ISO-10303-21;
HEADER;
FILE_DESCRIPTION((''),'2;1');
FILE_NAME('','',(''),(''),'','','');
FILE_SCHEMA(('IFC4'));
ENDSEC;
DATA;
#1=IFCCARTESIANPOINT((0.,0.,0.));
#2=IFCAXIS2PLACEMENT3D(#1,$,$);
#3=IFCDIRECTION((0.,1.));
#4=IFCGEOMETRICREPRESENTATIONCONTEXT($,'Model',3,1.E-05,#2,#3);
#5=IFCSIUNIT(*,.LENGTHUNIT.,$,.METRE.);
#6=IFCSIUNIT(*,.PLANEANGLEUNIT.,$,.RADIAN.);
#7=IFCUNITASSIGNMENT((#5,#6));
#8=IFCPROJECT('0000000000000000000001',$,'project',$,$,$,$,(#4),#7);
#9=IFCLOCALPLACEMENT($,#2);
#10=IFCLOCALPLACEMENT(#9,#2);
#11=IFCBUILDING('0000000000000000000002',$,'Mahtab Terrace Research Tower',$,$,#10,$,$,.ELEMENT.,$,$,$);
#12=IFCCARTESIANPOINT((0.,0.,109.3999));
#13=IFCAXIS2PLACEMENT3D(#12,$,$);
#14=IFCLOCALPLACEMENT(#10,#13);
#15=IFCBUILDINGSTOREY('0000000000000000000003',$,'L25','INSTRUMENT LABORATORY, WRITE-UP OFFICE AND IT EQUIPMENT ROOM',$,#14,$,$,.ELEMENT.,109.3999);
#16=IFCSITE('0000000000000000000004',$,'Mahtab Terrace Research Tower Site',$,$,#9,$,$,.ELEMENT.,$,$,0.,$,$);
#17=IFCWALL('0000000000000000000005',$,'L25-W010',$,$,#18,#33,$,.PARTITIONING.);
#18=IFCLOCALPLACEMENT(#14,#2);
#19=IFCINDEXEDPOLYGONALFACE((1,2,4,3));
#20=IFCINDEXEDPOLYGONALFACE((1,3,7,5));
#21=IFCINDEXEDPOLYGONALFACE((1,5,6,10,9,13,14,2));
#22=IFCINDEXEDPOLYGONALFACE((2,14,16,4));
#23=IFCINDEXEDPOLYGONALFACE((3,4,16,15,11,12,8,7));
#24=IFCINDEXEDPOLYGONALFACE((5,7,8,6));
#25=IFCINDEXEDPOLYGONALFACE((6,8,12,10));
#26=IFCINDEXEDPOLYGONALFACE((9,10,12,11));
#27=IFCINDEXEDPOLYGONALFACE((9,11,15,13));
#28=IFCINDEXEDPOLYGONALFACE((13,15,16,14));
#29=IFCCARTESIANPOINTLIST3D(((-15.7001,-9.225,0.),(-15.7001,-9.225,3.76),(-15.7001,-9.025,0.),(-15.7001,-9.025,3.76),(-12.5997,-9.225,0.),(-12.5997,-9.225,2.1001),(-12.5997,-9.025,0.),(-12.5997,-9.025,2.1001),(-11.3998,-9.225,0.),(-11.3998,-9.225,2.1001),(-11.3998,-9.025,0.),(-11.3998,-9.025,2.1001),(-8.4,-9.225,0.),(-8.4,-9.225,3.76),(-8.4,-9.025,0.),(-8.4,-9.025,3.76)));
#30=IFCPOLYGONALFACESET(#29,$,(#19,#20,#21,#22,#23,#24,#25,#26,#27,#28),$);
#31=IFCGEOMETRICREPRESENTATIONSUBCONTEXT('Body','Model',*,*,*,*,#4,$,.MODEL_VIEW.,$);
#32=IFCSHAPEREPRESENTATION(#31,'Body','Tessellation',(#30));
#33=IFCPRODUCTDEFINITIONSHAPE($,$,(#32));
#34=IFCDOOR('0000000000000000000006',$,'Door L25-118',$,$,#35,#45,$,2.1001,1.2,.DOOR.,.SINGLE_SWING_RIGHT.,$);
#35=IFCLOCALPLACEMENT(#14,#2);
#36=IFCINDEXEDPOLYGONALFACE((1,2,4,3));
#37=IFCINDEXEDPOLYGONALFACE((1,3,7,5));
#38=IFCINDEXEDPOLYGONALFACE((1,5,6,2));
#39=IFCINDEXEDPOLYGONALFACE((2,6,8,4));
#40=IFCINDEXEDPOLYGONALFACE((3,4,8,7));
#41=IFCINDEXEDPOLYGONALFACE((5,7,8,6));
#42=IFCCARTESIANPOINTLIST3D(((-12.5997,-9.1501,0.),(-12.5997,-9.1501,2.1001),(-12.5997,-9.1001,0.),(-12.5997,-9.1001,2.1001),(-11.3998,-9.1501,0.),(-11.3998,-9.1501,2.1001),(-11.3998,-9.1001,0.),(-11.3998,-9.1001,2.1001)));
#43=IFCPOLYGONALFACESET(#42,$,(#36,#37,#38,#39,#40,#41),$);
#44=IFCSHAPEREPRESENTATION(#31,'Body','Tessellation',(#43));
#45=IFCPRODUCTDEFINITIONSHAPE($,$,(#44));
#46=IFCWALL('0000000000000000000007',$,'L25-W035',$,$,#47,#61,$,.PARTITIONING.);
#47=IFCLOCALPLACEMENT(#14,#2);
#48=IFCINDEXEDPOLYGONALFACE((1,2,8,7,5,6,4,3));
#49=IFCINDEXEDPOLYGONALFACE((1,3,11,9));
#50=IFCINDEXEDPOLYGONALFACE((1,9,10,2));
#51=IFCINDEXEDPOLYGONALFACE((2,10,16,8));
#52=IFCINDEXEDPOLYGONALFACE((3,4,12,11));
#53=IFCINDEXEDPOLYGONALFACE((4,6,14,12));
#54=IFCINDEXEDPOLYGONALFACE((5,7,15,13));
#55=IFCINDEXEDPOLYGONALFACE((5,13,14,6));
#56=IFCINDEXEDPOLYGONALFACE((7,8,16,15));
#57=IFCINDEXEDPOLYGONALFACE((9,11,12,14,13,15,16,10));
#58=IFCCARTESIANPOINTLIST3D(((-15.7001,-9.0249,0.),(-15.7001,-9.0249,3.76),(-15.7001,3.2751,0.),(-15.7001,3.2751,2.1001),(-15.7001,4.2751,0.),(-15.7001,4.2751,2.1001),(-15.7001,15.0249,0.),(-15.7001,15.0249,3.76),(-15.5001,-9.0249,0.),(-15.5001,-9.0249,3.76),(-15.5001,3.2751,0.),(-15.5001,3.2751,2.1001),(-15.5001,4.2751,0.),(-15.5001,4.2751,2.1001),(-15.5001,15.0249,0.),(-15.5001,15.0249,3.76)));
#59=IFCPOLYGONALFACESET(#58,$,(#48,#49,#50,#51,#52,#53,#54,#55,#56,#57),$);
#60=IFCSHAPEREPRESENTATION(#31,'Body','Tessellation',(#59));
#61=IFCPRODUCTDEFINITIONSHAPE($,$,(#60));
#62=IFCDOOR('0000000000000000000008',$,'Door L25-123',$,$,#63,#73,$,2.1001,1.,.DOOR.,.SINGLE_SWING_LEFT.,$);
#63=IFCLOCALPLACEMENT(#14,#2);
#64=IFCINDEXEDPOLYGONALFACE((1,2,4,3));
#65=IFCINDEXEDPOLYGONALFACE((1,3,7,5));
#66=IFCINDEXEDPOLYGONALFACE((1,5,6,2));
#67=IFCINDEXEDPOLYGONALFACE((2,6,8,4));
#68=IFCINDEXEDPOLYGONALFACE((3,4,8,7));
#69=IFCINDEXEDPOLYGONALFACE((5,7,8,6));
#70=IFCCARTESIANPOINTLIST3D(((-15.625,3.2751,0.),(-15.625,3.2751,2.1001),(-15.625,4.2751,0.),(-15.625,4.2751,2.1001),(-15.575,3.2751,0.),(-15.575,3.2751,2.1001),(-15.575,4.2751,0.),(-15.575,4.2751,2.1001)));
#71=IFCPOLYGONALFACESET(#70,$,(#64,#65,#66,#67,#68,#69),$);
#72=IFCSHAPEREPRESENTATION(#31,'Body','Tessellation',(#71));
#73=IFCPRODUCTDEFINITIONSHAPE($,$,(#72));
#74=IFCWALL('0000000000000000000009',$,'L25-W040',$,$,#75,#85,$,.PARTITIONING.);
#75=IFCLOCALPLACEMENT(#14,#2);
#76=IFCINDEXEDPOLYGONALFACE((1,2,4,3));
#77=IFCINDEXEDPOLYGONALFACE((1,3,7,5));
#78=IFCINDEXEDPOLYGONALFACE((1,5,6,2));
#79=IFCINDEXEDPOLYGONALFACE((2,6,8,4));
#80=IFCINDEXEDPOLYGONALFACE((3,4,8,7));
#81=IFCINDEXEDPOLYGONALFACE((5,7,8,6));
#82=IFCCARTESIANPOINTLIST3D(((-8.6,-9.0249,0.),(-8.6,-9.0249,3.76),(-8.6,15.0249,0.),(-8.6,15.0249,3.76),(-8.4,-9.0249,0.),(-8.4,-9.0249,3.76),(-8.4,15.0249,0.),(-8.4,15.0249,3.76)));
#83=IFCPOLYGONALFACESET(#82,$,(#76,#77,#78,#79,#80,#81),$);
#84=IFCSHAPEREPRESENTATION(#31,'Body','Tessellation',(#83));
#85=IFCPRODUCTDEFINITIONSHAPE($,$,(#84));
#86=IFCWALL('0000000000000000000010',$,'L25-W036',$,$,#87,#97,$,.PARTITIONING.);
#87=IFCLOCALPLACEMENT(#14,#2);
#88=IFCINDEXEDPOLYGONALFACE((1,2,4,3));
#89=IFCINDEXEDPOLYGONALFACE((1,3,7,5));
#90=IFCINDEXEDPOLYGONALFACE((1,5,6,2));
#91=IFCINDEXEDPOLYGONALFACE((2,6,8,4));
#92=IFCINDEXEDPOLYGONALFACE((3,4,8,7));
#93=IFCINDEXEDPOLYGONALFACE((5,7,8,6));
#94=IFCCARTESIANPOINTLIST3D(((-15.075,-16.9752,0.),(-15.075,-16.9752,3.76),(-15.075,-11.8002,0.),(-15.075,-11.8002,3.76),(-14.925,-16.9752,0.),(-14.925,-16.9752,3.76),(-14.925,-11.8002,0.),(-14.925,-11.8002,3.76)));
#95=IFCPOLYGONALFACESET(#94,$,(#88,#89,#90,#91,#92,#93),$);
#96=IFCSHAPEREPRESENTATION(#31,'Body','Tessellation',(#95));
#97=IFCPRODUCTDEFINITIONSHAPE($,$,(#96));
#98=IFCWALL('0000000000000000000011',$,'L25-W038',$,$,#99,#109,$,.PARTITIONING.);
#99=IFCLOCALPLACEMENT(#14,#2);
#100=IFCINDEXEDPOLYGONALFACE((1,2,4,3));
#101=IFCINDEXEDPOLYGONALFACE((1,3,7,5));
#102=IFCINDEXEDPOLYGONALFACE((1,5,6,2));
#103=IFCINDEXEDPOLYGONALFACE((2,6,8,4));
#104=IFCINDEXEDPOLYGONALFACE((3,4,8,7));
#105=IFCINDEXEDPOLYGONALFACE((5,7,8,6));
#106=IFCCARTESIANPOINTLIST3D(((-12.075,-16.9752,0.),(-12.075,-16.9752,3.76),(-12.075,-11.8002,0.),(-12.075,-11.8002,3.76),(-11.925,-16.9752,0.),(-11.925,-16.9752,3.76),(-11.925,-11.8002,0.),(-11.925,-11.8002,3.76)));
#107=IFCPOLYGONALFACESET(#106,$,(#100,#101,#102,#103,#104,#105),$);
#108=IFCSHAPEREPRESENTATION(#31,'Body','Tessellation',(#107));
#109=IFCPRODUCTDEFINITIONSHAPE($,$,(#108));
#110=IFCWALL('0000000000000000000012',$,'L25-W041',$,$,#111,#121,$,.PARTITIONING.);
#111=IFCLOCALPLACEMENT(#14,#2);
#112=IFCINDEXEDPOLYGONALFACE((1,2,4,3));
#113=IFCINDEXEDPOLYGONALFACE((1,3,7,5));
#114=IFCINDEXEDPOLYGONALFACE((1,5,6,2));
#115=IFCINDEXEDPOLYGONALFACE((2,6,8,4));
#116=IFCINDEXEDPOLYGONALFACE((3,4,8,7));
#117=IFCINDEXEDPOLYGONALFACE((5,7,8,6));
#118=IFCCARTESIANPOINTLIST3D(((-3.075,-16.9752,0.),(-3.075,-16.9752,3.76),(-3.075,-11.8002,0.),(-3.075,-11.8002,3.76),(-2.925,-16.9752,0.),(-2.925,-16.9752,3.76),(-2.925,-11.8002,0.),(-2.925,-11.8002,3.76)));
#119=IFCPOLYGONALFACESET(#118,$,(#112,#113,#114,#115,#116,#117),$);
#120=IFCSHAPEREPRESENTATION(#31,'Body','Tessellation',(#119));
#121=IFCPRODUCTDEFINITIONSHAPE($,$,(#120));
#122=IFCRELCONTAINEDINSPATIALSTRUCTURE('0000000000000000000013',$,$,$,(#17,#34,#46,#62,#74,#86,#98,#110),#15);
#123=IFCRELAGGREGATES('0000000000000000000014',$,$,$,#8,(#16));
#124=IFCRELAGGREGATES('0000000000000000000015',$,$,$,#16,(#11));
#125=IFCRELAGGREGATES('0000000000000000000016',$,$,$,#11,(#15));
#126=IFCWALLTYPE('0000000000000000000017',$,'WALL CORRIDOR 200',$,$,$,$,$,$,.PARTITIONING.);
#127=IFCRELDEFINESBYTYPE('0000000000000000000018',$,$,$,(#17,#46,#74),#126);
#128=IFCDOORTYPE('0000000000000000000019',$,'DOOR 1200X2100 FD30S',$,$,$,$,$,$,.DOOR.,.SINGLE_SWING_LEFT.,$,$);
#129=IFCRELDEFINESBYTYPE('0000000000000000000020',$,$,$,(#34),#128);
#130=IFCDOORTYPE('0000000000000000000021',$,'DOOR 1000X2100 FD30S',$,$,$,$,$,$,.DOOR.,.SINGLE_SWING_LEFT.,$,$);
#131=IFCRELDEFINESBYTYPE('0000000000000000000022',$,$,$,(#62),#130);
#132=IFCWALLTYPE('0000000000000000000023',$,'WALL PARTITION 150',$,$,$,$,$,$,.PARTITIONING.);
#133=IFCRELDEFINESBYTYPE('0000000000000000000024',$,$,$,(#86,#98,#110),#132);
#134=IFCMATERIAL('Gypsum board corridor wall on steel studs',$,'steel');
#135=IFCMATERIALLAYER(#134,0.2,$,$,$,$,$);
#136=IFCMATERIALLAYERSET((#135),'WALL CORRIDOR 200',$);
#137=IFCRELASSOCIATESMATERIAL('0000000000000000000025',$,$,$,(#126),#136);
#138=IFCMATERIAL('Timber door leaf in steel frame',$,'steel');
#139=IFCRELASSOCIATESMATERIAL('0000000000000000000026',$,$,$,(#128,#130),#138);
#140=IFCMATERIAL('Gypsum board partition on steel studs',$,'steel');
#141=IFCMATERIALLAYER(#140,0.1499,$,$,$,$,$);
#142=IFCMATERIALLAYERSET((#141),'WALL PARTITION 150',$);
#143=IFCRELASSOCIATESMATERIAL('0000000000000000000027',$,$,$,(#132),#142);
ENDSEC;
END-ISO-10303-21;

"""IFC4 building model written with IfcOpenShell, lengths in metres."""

from ifc_helpers import new_model, si_unit, direction, frame, frame_2d, origin, place, context, subcontext, project, spatial, rectangle, extrude, material, layer, layer_set, type_object, element, fill, save


model = new_model("IFC4")

# Units and contexts
model_context = context("Model", 3, precision=1e-05, world=origin(), true_north=direction((0.0, 1.0)))
body_context = subcontext(model_context, "Body", "Model", "MODEL_VIEW")
ifc_project = project(units=[si_unit("LENGTHUNIT", "METRE"), si_unit("PLANEANGLEUNIT", "RADIAN")], contexts=[model_context])

# Site, building, storey
site_placement = place(None, origin())
site = spatial("IfcSite", under=ifc_project, at=site_placement, Name="Mahtab Terrace Research Tower Site", CompositionType="ELEMENT", RefElevation=0.0)
building_placement = place(site_placement, origin())
building = spatial("IfcBuilding", under=site, at=building_placement, Name="Mahtab Terrace Research Tower", CompositionType="ELEMENT")
storey_placement = place(building_placement, frame((0.0, 0.0, 109.3999)))
storey = spatial("IfcBuildingStorey", under=building, at=storey_placement, Name="L25", Description="INSTRUMENT LABORATORY, WRITE-UP OFFICE AND IT EQUIPMENT ROOM", CompositionType="ELEMENT", Elevation=109.3999)

# Shared definitions
ifc_material_1 = material(Name="Gypsum board corridor wall on steel studs", Category="steel")
ifc_layer_1 = layer(ifc_material_1, 0.2)
ifc_layer_set_1 = layer_set([ifc_layer_1], Name="WALL CORRIDOR 200")
wall_type_1 = type_object("IfcWallType", Name="WALL CORRIDOR 200", PredefinedType="PARTITIONING", material=ifc_layer_set_1)
ifc_material_2 = material(Name="Timber door leaf in steel frame", Category="steel")

# Walls, openings, doors
wall_1_placement = place(storey_placement, frame((-15.7, -9.125, 0.0), z_axis=(0.0, 0.0, 1.0), x_axis=(1.0, 0.0, 0.0)))
wall_1 = element("IfcWall", 1, at=wall_1_placement, inside=storey, type_object=wall_type_1, Name="L25-W010", PredefinedType="PARTITIONING", context=body_context, shape_type="SweptSolid", body=[
    extrude(rectangle(XDim=7.3, YDim=0.2, at=frame_2d((3.6499, 0.0))), origin(), (0.0, 0.0, 1.0), 3.76),
])
opening_1_placement = place(wall_1_placement, frame((3.1001, 0.0, 0.0)))
opening_1 = element("IfcOpeningElement", 2, at=opening_1_placement, cuts=wall_1, PredefinedType="OPENING", context=body_context, shape_type="SweptSolid", body=[
    extrude(rectangle(XDim=1.2, YDim=2.1001, at=frame_2d((0.6001, 1.05))), frame((0.0, 0.1099, 0.0), z_axis=(0.0, -1.0, 0.0), x_axis=(1.0, 0.0, 0.0)), (0.0, 0.0, 1.0), 0.22),
])
door_type_1 = type_object("IfcDoorType", Name="DOOR 1200X2100 FD30S", OperationType="SINGLE_SWING_LEFT", PredefinedType="DOOR", material=ifc_material_2)
door_1_placement = place(opening_1_placement, origin())
door_1 = element("IfcDoor", 3, at=door_1_placement, inside=storey, type_object=door_type_1, Name="Door L25-118", OperationType="SINGLE_SWING_RIGHT", OverallHeight=2.1001, OverallWidth=1.2, PredefinedType="DOOR", context=body_context, shape_type="SweptSolid", body=[
    extrude(rectangle(XDim=1.2, YDim=2.1001, at=frame_2d((0.6001, 1.05))), frame((0.0, 0.0249, 0.0), z_axis=(0.0, -1.0, 0.0), x_axis=(1.0, 0.0, 0.0)), (0.0, 0.0, 1.0), 0.05),
])
fill(opening_1, door_1)
wall_2_placement = place(storey_placement, frame((-15.6001, -9.0249, 0.0), z_axis=(0.0, 0.0, 1.0), x_axis=(0.0, 1.0, 0.0)))
wall_2 = element("IfcWall", 4, at=wall_2_placement, inside=storey, type_object=wall_type_1, Name="L25-W035", PredefinedType="PARTITIONING", context=body_context, shape_type="SweptSolid", body=[
    extrude(rectangle(XDim=24.0498, YDim=0.2, at=frame_2d((12.0249, 0.0))), origin(), (0.0, 0.0, 1.0), 3.76),
])
opening_2_placement = place(wall_2_placement, frame((12.3, 0.0, 0.0)))
opening_2 = element("IfcOpeningElement", 5, at=opening_2_placement, cuts=wall_2, PredefinedType="OPENING", context=body_context, shape_type="SweptSolid", body=[
    extrude(rectangle(XDim=1.0, YDim=2.1001, at=frame_2d((0.5, 1.05))), frame((0.0, 0.1099, 0.0), z_axis=(0.0, -1.0, 0.0), x_axis=(1.0, 0.0, 0.0)), (0.0, 0.0, 1.0), 0.22),
])
door_type_2 = type_object("IfcDoorType", Name="DOOR 1000X2100 FD30S", OperationType="SINGLE_SWING_LEFT", PredefinedType="DOOR", material=ifc_material_2)
door_2_placement = place(opening_2_placement, origin())
door_2 = element("IfcDoor", 6, at=door_2_placement, inside=storey, type_object=door_type_2, Name="Door L25-123", OperationType="SINGLE_SWING_LEFT", OverallHeight=2.1001, OverallWidth=1.0, PredefinedType="DOOR", context=body_context, shape_type="SweptSolid", body=[
    extrude(rectangle(XDim=1.0, YDim=2.1001, at=frame_2d((0.5, 1.05))), frame((0.0, 0.0249, 0.0), z_axis=(0.0, -1.0, 0.0), x_axis=(1.0, 0.0, 0.0)), (0.0, 0.0, 1.0), 0.05),
])
fill(opening_2, door_2)

# Walls
wall_3_placement = place(storey_placement, frame((-8.5, -9.0249, 0.0), z_axis=(0.0, 0.0, 1.0), x_axis=(0.0, 1.0, 0.0)))
element("IfcWall", 7, at=wall_3_placement, inside=storey, type_object=wall_type_1, Name="L25-W040", PredefinedType="PARTITIONING", context=body_context, shape_type="SweptSolid", body=[
    extrude(rectangle(XDim=24.0498, YDim=0.2, at=frame_2d((12.0249, 0.0))), origin(), (0.0, 0.0, 1.0), 3.76),
])
ifc_material_3 = material(Name="Gypsum board partition on steel studs", Category="steel")
ifc_layer_2 = layer(ifc_material_3, 0.1499)
ifc_layer_set_2 = layer_set([ifc_layer_2], Name="WALL PARTITION 150")
wall_type_2 = type_object("IfcWallType", Name="WALL PARTITION 150", PredefinedType="PARTITIONING", material=ifc_layer_set_2)
for number, where, z_axis, x_axis, name in (
    (8, (-15.0, -16.9751, 0.0), (0.0, 0.0, 1.0), (0.0, 1.0, 0.0), "L25-W036"),
    (9, (-12.0, -16.9751, 0.0), (0.0, 0.0, 1.0), (0.0, 1.0, 0.0), "L25-W038"),
    (10, (-3.0, -16.9751, 0.0), (0.0, 0.0, 1.0), (0.0, 1.0, 0.0), "L25-W041"),
):
    element("IfcWall", number, at=place(storey_placement, frame(where, z_axis=z_axis, x_axis=x_axis)), inside=storey, type_object=wall_type_2, Name=name, PredefinedType="PARTITIONING", context=body_context, shape_type="SweptSolid", body=[
        extrude(rectangle(XDim=5.175, YDim=0.1499, at=frame_2d((2.5874, 0.0))), origin(), (0.0, 0.0, 1.0), 3.76),
    ])

save(model, "model.ifc")
